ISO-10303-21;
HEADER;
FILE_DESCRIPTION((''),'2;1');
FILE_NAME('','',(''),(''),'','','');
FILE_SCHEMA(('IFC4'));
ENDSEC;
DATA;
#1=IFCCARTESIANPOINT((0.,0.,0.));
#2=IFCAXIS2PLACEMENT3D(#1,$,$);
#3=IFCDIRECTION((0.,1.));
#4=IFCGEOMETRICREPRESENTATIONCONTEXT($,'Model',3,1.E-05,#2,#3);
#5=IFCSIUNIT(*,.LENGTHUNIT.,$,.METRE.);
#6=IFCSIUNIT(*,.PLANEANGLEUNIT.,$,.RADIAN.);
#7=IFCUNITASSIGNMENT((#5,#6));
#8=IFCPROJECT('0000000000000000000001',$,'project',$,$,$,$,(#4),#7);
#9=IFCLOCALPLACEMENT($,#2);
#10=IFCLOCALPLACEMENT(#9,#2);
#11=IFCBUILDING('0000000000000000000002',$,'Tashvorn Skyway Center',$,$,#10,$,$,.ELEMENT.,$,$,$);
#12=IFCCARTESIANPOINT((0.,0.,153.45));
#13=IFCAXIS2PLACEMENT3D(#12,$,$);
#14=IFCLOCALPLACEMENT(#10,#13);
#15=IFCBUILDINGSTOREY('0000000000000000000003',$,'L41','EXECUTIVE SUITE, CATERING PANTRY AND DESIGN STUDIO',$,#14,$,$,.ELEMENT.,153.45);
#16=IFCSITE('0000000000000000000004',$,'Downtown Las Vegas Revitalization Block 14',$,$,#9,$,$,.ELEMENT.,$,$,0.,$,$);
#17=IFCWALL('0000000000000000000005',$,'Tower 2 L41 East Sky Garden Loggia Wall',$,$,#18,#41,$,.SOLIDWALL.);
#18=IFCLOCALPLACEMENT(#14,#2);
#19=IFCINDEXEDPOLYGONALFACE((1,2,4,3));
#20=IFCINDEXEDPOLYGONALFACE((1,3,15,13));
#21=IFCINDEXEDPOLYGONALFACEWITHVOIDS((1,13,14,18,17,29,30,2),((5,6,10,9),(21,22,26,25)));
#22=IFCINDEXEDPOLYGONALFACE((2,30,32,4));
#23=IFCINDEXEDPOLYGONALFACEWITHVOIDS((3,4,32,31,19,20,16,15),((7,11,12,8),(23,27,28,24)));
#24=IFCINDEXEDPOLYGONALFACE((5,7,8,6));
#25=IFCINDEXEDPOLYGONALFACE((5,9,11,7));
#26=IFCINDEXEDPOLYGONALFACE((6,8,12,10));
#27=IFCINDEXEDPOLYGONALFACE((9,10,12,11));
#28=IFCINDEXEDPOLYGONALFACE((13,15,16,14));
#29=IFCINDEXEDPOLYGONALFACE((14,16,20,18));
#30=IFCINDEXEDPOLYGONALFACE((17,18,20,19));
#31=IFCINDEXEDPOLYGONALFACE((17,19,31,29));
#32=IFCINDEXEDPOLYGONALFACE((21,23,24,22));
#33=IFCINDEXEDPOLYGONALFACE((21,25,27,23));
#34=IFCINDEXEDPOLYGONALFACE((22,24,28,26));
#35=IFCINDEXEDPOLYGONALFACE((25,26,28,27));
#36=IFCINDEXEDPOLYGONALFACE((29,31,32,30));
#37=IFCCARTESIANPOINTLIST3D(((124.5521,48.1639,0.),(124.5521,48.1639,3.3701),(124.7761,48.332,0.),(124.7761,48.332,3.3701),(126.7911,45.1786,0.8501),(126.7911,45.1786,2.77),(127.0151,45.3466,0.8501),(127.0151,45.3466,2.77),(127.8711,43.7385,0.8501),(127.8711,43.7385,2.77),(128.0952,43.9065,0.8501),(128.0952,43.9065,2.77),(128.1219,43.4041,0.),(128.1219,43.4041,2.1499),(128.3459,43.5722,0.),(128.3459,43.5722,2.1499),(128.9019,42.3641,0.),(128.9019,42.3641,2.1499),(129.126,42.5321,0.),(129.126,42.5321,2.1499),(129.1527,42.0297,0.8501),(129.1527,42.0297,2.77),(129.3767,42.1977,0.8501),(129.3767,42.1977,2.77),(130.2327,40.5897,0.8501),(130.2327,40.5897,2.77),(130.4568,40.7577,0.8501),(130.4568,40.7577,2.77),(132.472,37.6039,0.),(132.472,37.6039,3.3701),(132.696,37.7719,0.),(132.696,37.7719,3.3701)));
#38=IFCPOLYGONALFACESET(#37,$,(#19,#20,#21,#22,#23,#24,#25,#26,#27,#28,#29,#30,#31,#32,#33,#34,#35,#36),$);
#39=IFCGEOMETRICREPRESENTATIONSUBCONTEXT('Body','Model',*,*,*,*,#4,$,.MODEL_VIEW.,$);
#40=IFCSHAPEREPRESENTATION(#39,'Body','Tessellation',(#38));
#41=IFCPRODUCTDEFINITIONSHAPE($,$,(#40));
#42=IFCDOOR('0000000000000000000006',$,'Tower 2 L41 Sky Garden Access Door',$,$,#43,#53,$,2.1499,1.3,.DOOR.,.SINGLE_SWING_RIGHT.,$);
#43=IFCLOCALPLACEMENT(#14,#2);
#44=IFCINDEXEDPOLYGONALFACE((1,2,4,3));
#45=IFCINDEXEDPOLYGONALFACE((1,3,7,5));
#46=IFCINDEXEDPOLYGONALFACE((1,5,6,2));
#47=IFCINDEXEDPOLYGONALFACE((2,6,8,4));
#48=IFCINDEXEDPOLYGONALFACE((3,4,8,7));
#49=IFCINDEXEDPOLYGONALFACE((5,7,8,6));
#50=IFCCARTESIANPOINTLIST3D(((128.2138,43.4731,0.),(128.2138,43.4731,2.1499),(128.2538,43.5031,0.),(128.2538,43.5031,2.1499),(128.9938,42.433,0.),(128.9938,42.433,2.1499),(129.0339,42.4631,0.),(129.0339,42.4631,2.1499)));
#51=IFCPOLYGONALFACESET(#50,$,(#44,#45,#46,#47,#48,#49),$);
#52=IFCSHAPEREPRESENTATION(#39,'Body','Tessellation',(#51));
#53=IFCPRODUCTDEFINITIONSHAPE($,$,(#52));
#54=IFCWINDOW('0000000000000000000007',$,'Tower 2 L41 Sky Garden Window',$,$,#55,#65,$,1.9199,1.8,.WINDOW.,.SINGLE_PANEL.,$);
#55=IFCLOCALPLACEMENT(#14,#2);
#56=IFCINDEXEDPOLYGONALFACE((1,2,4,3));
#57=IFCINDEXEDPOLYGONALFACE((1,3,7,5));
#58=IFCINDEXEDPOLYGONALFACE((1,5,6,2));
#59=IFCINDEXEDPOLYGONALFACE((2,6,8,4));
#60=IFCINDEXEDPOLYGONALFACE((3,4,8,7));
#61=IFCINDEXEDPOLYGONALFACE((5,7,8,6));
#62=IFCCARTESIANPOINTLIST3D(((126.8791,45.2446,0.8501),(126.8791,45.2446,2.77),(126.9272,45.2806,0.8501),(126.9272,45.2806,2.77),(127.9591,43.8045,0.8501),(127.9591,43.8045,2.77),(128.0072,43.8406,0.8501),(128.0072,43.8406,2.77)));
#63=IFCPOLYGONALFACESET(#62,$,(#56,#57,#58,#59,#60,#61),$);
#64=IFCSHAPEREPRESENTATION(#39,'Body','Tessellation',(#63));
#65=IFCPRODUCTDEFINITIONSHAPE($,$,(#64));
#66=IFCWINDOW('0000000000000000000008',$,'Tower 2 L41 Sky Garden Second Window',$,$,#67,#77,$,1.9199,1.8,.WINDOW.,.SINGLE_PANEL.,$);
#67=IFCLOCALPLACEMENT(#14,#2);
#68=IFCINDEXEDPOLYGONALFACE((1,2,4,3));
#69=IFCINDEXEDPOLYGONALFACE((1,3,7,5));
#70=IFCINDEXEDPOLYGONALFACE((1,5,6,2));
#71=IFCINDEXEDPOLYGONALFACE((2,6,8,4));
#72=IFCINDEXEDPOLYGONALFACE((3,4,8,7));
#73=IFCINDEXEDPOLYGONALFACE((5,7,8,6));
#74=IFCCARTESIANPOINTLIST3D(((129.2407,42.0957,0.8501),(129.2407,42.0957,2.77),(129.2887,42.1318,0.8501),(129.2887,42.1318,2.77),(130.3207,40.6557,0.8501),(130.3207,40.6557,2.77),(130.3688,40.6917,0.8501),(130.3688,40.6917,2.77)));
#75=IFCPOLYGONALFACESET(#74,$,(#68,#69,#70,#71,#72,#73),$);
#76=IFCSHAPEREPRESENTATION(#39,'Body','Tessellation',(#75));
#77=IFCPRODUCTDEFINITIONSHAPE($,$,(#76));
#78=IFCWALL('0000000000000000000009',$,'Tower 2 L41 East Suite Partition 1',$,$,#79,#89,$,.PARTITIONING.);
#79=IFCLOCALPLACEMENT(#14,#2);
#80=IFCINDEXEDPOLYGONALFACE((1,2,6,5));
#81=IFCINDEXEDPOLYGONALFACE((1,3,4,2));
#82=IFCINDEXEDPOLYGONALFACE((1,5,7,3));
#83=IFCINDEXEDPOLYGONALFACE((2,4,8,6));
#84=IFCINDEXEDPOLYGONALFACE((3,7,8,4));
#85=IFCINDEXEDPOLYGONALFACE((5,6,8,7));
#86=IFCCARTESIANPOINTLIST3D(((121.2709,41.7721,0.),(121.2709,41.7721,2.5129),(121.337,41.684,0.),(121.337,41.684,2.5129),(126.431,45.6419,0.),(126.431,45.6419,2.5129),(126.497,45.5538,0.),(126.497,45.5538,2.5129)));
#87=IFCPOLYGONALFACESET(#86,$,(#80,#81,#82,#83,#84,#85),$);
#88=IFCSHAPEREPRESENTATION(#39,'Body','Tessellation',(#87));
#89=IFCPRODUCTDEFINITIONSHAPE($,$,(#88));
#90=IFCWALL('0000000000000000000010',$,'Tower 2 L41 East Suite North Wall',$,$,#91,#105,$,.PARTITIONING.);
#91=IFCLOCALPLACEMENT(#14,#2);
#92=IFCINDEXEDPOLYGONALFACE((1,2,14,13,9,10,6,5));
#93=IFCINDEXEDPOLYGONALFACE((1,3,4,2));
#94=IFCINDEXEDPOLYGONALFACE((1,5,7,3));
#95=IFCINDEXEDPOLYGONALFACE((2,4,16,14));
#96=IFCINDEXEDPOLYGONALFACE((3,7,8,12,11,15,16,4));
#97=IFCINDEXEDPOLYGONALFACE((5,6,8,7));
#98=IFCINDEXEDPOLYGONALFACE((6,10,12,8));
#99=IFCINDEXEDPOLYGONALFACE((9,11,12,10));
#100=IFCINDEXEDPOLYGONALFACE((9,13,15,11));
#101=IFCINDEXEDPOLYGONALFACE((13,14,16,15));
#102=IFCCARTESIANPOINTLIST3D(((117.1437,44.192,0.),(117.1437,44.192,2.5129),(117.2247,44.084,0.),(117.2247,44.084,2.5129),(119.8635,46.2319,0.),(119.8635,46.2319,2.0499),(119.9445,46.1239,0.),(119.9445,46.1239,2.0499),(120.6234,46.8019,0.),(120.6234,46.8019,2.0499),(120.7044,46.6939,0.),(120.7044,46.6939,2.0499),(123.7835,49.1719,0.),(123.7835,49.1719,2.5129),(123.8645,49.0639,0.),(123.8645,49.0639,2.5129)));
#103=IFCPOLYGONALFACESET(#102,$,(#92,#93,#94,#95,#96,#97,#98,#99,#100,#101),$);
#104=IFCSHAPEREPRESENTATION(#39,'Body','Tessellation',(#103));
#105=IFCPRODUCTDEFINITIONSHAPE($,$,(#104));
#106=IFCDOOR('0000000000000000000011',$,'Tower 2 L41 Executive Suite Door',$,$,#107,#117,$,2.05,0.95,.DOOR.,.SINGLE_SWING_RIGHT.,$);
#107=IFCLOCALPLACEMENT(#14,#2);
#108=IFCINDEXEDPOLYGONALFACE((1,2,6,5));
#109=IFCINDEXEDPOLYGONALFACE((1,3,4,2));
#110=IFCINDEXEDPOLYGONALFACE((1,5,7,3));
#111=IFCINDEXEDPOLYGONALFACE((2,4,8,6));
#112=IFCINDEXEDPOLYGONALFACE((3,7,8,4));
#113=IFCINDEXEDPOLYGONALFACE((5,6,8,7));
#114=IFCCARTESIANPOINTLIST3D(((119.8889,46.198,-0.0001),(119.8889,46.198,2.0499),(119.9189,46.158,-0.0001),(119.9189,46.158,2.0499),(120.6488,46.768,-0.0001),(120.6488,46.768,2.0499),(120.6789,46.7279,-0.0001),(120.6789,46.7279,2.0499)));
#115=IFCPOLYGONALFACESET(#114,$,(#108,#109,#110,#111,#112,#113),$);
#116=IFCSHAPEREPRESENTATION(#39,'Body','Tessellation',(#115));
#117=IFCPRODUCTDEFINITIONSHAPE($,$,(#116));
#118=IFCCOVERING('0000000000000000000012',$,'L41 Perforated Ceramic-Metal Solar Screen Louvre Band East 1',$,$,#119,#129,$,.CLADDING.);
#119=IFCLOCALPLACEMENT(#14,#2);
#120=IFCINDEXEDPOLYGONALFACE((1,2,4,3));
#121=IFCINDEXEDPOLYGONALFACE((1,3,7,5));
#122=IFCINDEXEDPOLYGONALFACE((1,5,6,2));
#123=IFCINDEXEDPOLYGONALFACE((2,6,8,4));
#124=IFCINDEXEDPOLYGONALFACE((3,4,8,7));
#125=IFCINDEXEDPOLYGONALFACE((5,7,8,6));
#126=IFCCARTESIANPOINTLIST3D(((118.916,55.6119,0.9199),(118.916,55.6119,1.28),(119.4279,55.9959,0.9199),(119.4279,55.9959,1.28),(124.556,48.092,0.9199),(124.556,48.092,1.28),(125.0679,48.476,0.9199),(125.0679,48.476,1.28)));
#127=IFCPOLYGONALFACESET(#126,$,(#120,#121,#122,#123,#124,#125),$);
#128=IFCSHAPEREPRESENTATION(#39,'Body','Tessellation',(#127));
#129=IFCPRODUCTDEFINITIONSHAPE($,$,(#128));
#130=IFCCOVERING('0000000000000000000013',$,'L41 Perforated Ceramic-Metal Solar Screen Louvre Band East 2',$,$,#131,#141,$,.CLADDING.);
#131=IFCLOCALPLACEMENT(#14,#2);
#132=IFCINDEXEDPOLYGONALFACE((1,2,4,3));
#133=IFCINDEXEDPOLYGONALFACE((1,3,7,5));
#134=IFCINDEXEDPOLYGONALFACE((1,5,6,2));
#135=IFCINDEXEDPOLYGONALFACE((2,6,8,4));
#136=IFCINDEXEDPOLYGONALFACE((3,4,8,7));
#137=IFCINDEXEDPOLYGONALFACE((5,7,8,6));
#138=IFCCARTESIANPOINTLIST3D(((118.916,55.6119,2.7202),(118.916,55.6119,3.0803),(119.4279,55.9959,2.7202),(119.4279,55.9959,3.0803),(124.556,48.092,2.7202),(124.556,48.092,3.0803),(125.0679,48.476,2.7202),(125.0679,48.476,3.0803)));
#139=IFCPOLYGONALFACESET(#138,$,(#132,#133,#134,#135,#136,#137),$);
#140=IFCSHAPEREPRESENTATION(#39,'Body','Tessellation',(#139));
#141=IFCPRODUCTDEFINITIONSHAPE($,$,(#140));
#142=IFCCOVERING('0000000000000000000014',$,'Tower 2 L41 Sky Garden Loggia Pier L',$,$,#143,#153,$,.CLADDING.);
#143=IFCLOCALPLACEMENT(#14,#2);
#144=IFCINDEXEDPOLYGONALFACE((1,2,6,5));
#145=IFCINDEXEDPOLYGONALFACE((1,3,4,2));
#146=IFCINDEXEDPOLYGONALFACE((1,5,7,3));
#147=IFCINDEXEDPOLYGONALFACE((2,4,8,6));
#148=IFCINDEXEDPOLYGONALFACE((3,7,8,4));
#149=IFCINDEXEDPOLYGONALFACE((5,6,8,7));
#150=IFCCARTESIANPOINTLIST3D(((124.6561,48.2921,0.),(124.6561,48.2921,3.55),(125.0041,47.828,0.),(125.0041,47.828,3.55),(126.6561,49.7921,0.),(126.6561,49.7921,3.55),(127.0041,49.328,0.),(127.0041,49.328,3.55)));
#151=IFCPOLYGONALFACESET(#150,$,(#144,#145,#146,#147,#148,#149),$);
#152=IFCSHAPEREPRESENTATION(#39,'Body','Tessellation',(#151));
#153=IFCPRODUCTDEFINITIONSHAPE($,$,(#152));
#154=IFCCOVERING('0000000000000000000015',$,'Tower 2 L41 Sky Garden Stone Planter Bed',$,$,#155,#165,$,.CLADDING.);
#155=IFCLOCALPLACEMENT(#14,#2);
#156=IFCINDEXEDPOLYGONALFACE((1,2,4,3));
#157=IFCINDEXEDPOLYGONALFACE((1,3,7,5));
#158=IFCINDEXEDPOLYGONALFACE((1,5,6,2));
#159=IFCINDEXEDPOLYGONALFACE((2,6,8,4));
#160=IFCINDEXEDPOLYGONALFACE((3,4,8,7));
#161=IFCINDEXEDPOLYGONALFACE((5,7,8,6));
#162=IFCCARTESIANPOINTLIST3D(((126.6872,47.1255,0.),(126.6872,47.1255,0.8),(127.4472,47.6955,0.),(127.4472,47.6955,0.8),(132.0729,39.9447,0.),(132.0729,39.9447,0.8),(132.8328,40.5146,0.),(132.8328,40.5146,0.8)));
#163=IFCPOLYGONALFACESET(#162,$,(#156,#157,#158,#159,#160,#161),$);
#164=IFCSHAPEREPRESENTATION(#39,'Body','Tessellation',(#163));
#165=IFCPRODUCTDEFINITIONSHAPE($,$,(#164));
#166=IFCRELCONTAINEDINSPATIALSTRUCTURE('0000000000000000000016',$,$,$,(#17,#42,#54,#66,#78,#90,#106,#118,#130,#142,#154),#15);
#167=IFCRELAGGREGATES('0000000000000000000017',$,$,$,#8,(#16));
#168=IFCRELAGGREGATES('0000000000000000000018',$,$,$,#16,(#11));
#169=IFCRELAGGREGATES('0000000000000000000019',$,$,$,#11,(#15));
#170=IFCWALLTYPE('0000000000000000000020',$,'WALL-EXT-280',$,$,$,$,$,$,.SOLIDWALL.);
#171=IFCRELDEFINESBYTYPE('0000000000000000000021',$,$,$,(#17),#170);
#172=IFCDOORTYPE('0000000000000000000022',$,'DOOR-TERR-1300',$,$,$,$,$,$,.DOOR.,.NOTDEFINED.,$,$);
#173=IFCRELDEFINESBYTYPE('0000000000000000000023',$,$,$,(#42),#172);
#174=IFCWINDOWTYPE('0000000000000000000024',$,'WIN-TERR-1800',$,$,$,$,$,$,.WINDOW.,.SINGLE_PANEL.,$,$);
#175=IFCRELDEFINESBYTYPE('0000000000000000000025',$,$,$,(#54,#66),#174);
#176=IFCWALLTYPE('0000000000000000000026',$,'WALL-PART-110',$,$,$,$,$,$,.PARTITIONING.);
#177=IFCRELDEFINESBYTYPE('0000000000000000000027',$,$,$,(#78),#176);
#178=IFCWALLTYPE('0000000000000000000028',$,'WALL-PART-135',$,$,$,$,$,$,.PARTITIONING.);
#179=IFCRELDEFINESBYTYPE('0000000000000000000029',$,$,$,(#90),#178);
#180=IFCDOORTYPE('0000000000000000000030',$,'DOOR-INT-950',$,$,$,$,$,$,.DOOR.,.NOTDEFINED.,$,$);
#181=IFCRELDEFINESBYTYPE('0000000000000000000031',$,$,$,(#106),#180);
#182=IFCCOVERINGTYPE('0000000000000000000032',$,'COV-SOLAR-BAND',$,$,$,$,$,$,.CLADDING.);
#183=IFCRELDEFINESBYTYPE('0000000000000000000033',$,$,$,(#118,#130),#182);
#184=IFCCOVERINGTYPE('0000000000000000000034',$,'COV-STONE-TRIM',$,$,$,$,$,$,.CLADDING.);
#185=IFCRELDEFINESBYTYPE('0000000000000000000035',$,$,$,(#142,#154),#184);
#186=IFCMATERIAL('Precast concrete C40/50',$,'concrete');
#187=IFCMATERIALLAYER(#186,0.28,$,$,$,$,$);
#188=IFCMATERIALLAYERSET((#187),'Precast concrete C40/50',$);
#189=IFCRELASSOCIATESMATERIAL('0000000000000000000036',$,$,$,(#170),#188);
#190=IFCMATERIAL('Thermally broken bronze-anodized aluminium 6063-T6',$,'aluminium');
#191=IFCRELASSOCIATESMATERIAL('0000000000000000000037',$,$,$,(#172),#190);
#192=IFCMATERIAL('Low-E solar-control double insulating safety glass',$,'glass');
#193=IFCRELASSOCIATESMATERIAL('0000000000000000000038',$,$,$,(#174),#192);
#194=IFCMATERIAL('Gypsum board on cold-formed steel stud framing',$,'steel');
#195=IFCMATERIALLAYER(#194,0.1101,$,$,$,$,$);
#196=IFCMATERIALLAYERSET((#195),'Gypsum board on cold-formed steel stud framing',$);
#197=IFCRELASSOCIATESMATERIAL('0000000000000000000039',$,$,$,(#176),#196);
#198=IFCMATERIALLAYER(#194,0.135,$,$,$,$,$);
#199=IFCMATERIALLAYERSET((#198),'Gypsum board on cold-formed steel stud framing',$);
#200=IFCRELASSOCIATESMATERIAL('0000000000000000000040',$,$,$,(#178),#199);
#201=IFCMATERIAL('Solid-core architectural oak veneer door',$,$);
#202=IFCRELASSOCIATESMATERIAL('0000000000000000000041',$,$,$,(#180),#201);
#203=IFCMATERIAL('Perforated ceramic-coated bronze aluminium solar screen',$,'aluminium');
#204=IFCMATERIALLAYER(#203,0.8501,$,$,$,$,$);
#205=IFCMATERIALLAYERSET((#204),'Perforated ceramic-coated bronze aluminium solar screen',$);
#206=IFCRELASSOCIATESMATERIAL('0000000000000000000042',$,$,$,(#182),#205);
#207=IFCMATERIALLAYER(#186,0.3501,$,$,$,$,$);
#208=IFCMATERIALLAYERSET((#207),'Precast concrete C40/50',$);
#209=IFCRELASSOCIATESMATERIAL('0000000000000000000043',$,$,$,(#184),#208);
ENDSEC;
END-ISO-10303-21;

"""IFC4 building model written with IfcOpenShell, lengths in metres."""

from ifc_helpers import new_model, si_unit, direction, frame, frame_2d, origin, origin_2d, place, context, subcontext, project, spatial, rectangle, extrude, material, layer, layer_set, type_object, element, fill, save


model = new_model("IFC4")

# Units and contexts
model_context = context("Model", 3, precision=1e-05, world=origin(), true_north=direction((0.0, 1.0)))
body_context = subcontext(model_context, "Body", "Model", "MODEL_VIEW")
ifc_project = project(units=[si_unit("LENGTHUNIT", "METRE"), si_unit("PLANEANGLEUNIT", "RADIAN")], contexts=[model_context])

# Site, building, storey
site_placement = place(None, origin())
site = spatial("IfcSite", under=ifc_project, at=site_placement, Name="Downtown Las Vegas Revitalization Block 14", CompositionType="ELEMENT", RefElevation=0.0)
building_placement = place(site_placement, origin())
building = spatial("IfcBuilding", under=site, at=building_placement, Name="Tashvorn Skyway Center", CompositionType="ELEMENT")
storey_placement = place(building_placement, frame((0.0, 0.0, 153.45)))
storey = spatial("IfcBuildingStorey", under=building, at=storey_placement, Name="L41", Description="EXECUTIVE SUITE, CATERING PANTRY AND DESIGN STUDIO", CompositionType="ELEMENT", Elevation=153.45)

# Shared definitions
ifc_material_1 = material(Name="Thermally broken bronze-anodized aluminium 6063-T6", Category="aluminium")
ifc_material_2 = material(Name="Low-E solar-control double insulating safety glass", Category="glass")

# Wall, openings, door, windows
ifc_material_3 = material(Name="Precast concrete C40/50", Category="concrete")
ifc_layer_1 = layer(ifc_material_3, 0.28)
ifc_layer_set_1 = layer_set([ifc_layer_1], Name="Precast concrete C40/50")
wall_type_1 = type_object("IfcWallType", Name="WALL-EXT-280", PredefinedType="SOLIDWALL", material=ifc_layer_set_1)
wall_1_placement = place(storey_placement, frame((124.6641, 48.248, 0.0), z_axis=(0.0, 0.0, 1.0), x_axis=(0.599994, -0.800004, 0.0)))
wall_1 = element("IfcWall", 1, at=wall_1_placement, inside=storey, type_object=wall_type_1, Name="Tower 2 L41 East Sky Garden Loggia Wall", PredefinedType="SOLIDWALL", context=body_context, shape_type="SweptSolid", body=[
    extrude(rectangle(XDim=13.2, YDim=0.28, at=frame_2d((6.6001, 0.0))), origin(), (0.0, 0.0, 1.0), 3.3701),
])
opening_1_placement = place(wall_1_placement, frame((5.95, 0.0, 0.0)))
opening_1 = element("IfcOpeningElement", 2, at=opening_1_placement, cuts=wall_1, PredefinedType="OPENING", context=body_context, shape_type="SweptSolid", body=[
    extrude(rectangle(XDim=1.3, YDim=2.1499, at=frame_2d((0.6499, 1.075))), frame((0.0, 0.1499, 0.0), z_axis=(0.0, -1.0, 0.0), x_axis=(1.0, 0.0, 0.0)), (0.0, 0.0, 1.0), 0.3),
])
opening_2_placement = place(wall_1_placement, frame((3.7319, 0.0, 0.8501)))
opening_2 = element("IfcOpeningElement", 3, at=opening_2_placement, cuts=wall_1, PredefinedType="OPENING", context=body_context, shape_type="SweptSolid", body=[
    extrude(rectangle(XDim=1.8, YDim=1.9199, at=frame_2d((0.8999, 0.96))), frame((0.0, 0.1499, 0.0), z_axis=(0.0, -1.0, 0.0), x_axis=(1.0, 0.0, 0.0)), (0.0, 0.0, 1.0), 0.3),
])
opening_3_placement = place(wall_1_placement, frame((7.668, 0.0, 0.8501)))
opening_3 = element("IfcOpeningElement", 4, at=opening_3_placement, cuts=wall_1, PredefinedType="OPENING", context=body_context, shape_type="SweptSolid", body=[
    extrude(rectangle(XDim=1.8, YDim=1.9199, at=frame_2d((0.8999, 0.96))), frame((0.0, 0.1499, 0.0), z_axis=(0.0, -1.0, 0.0), x_axis=(1.0, 0.0, 0.0)), (0.0, 0.0, 1.0), 0.3),
])
door_type_1 = type_object("IfcDoorType", Name="DOOR-TERR-1300", OperationType="NOTDEFINED", PredefinedType="DOOR", material=ifc_material_1)
door_1_placement = place(opening_1_placement, origin())
door_1 = element("IfcDoor", 5, at=door_1_placement, inside=storey, type_object=door_type_1, Name="Tower 2 L41 Sky Garden Access Door", OperationType="SINGLE_SWING_RIGHT", OverallHeight=2.1499, OverallWidth=1.3, PredefinedType="DOOR", context=body_context, shape_type="SweptSolid", body=[
    extrude(rectangle(XDim=1.3, YDim=2.1499, at=frame_2d((0.6499, 1.075))), frame((0.0, 0.0249, 0.0), z_axis=(0.0, -1.0, 0.0), x_axis=(1.0, 0.0, 0.0)), (0.0, 0.0, 1.0), 0.05),
])
fill(opening_1, door_1)
window_type = type_object("IfcWindowType", Name="WIN-TERR-1800", PartitioningType="SINGLE_PANEL", PredefinedType="WINDOW", material=ifc_material_2)
window_1_placement = place(opening_2_placement, origin())
window_1 = element("IfcWindow", 6, at=window_1_placement, inside=storey, type_object=window_type, Name="Tower 2 L41 Sky Garden Window", OverallHeight=1.9199, OverallWidth=1.8, PartitioningType="SINGLE_PANEL", PredefinedType="WINDOW", context=body_context, shape_type="SweptSolid", body=[
    extrude(rectangle(XDim=1.8, YDim=1.9199, at=frame_2d((0.8999, 0.96))), frame((0.0, 0.03, 0.0), z_axis=(0.0, -1.0, 0.0), x_axis=(1.0, 0.0, 0.0)), (0.0, 0.0, 1.0), 0.0601),
])
fill(opening_2, window_1)
window_2_placement = place(opening_3_placement, origin())
window_2 = element("IfcWindow", 7, at=window_2_placement, inside=storey, type_object=window_type, Name="Tower 2 L41 Sky Garden Second Window", OverallHeight=1.9199, OverallWidth=1.8, PartitioningType="SINGLE_PANEL", PredefinedType="WINDOW", context=body_context, shape_type="SweptSolid", body=[
    extrude(rectangle(XDim=1.8, YDim=1.9199, at=frame_2d((0.8999, 0.96))), frame((0.0, 0.03, 0.0), z_axis=(0.0, -1.0, 0.0), x_axis=(1.0, 0.0, 0.0)), (0.0, 0.0, 1.0), 0.0601),
])
fill(opening_3, window_2)

# Wall
ifc_material_4 = material(Name="Gypsum board on cold-formed steel stud framing", Category="steel")
ifc_layer_2 = layer(ifc_material_4, 0.1101)
ifc_layer_set_2 = layer_set([ifc_layer_2], Name="Gypsum board on cold-formed steel stud framing")
wall_type_2 = type_object("IfcWallType", Name="WALL-PART-110", PredefinedType="PARTITIONING", material=ifc_layer_set_2)
wall_2_placement = place(storey_placement, frame((126.4641, 45.5979, 0.0), z_axis=(0.0, 0.0, 1.0), x_axis=(-0.800018, -0.599976, 0.0)))
element("IfcWall", 8, at=wall_2_placement, inside=storey, type_object=wall_type_2, Name="Tower 2 L41 East Suite Partition 1", PredefinedType="PARTITIONING", context=body_context, shape_type="SweptSolid", body=[
    extrude(rectangle(XDim=6.45, YDim=0.1101, at=frame_2d((3.2251, 0.0))), origin(), (0.0, 0.0, 1.0), 2.5129),
])

# Wall, opening, door
ifc_layer_3 = layer(ifc_material_4, 0.135)
ifc_layer_set_3 = layer_set([ifc_layer_3], Name="Gypsum board on cold-formed steel stud framing")
wall_type_3 = type_object("IfcWallType", Name="WALL-PART-135", PredefinedType="PARTITIONING", material=ifc_layer_set_3)
wall_3_placement = place(storey_placement, frame((123.824, 49.1179, 0.0), z_axis=(0.0, 0.0, 1.0), x_axis=(-0.799996, -0.600005, 0.0)))
wall_3 = element("IfcWall", 9, at=wall_3_placement, inside=storey, type_object=wall_type_3, Name="Tower 2 L41 East Suite North Wall", PredefinedType="PARTITIONING", context=body_context, shape_type="SweptSolid", body=[
    extrude(rectangle(XDim=8.2998, YDim=0.135, at=frame_2d((4.1499, 0.0))), origin(), (0.0, 0.0, 1.0), 2.5129),
])
opening_4_placement = place(wall_3_placement, frame((3.95, 0.0, 0.0)))
opening_4 = element("IfcOpeningElement", 10, at=opening_4_placement, cuts=wall_3, PredefinedType="OPENING", context=body_context, shape_type="SweptSolid", body=[
    extrude(rectangle(XDim=0.95, YDim=2.05, at=frame_2d((0.4751, 1.0249))), frame((0.0, 0.0774, 0.0), z_axis=(0.0, -1.0, 0.0), x_axis=(1.0, 0.0, 0.0)), (0.0, 0.0, 1.0), 0.155),
])
ifc_material_5 = material(Name="Solid-core architectural oak veneer door")
door_type_2 = type_object("IfcDoorType", Name="DOOR-INT-950", OperationType="NOTDEFINED", PredefinedType="DOOR", material=ifc_material_5)
door_2_placement = place(opening_4_placement, origin())
door_2 = element("IfcDoor", 11, at=door_2_placement, inside=storey, type_object=door_type_2, Name="Tower 2 L41 Executive Suite Door", OperationType="SINGLE_SWING_RIGHT", OverallHeight=2.05, OverallWidth=0.95, PredefinedType="DOOR", context=body_context, shape_type="SweptSolid", body=[
    extrude(rectangle(XDim=0.95, YDim=2.05, at=frame_2d((0.4751, 1.0249))), frame((0.0, 0.0249, 0.0), z_axis=(0.0, -1.0, 0.0), x_axis=(1.0, 0.0, 0.0)), (0.0, 0.0, 1.0), 0.05),
])
fill(opening_4, door_2)

# Coverings
ifc_material_6 = material(Name="Perforated ceramic-coated bronze aluminium solar screen", Category="aluminium")
ifc_layer_4 = layer(ifc_material_6, 0.8501)
ifc_layer_set_4 = layer_set([ifc_layer_4], Name="Perforated ceramic-coated bronze aluminium solar screen")
covering_type_1 = type_object("IfcCoveringType", Name="COV-SOLAR-BAND", PredefinedType="CLADDING", material=ifc_layer_set_4)
for number, where, z_axis, x_axis, name in (
    (12, (121.9919, 52.0439, 0.9199), (0.0, 0.0, 1.0), (0.6, -0.8, 0.0), "L41 Perforated Ceramic-Metal Solar Screen Louvre Band East 1"),
    (13, (121.9919, 52.0439, 2.7202), (0.0, 0.0, 1.0), (0.6, -0.8, 0.0), "L41 Perforated Ceramic-Metal Solar Screen Louvre Band East 2"),
):
    element("IfcCovering", number, at=place(storey_placement, frame(where, z_axis=z_axis, x_axis=x_axis)), inside=storey, type_object=covering_type_1, Name=name, PredefinedType="CLADDING", context=body_context, shape_type="SweptSolid", body=[
        extrude(rectangle(XDim=9.3999, YDim=0.6399, at=origin_2d()), origin(), (0.0, 0.0, 1.0), 0.3601),
    ])
ifc_layer_5 = layer(ifc_material_3, 0.3501)
ifc_layer_set_5 = layer_set([ifc_layer_5], Name="Precast concrete C40/50")
covering_type_2 = type_object("IfcCoveringType", Name="COV-STONE-TRIM", PredefinedType="CLADDING", material=ifc_layer_set_5)
covering_1_placement = place(storey_placement, frame((125.8301, 48.8101, 0.0), z_axis=(0.0, 0.0, 1.0), x_axis=(0.6, -0.8, 0.0)))
element("IfcCovering", 14, at=covering_1_placement, inside=storey, type_object=covering_type_2, Name="Tower 2 L41 Sky Garden Loggia Pier L", PredefinedType="CLADDING", context=body_context, shape_type="SweptSolid", body=[
    extrude(rectangle(XDim=0.5801, YDim=2.5, at=origin_2d()), origin(), (0.0, 0.0, 1.0), 3.55),
])
covering_2_placement = place(storey_placement, frame((129.76, 43.8201, 0.0), z_axis=(0.0, 0.0, 1.0), x_axis=(0.6, -0.8, 0.0)))
element("IfcCovering", 15, at=covering_2_placement, inside=storey, type_object=covering_type_2, Name="Tower 2 L41 Sky Garden Stone Planter Bed", PredefinedType="CLADDING", context=body_context, shape_type="SweptSolid", body=[
    extrude(rectangle(XDim=8.9761, YDim=0.95, at=origin_2d()), origin(), (0.0, 0.0, 1.0), 0.8),
])

save(model, "model.ifc")
